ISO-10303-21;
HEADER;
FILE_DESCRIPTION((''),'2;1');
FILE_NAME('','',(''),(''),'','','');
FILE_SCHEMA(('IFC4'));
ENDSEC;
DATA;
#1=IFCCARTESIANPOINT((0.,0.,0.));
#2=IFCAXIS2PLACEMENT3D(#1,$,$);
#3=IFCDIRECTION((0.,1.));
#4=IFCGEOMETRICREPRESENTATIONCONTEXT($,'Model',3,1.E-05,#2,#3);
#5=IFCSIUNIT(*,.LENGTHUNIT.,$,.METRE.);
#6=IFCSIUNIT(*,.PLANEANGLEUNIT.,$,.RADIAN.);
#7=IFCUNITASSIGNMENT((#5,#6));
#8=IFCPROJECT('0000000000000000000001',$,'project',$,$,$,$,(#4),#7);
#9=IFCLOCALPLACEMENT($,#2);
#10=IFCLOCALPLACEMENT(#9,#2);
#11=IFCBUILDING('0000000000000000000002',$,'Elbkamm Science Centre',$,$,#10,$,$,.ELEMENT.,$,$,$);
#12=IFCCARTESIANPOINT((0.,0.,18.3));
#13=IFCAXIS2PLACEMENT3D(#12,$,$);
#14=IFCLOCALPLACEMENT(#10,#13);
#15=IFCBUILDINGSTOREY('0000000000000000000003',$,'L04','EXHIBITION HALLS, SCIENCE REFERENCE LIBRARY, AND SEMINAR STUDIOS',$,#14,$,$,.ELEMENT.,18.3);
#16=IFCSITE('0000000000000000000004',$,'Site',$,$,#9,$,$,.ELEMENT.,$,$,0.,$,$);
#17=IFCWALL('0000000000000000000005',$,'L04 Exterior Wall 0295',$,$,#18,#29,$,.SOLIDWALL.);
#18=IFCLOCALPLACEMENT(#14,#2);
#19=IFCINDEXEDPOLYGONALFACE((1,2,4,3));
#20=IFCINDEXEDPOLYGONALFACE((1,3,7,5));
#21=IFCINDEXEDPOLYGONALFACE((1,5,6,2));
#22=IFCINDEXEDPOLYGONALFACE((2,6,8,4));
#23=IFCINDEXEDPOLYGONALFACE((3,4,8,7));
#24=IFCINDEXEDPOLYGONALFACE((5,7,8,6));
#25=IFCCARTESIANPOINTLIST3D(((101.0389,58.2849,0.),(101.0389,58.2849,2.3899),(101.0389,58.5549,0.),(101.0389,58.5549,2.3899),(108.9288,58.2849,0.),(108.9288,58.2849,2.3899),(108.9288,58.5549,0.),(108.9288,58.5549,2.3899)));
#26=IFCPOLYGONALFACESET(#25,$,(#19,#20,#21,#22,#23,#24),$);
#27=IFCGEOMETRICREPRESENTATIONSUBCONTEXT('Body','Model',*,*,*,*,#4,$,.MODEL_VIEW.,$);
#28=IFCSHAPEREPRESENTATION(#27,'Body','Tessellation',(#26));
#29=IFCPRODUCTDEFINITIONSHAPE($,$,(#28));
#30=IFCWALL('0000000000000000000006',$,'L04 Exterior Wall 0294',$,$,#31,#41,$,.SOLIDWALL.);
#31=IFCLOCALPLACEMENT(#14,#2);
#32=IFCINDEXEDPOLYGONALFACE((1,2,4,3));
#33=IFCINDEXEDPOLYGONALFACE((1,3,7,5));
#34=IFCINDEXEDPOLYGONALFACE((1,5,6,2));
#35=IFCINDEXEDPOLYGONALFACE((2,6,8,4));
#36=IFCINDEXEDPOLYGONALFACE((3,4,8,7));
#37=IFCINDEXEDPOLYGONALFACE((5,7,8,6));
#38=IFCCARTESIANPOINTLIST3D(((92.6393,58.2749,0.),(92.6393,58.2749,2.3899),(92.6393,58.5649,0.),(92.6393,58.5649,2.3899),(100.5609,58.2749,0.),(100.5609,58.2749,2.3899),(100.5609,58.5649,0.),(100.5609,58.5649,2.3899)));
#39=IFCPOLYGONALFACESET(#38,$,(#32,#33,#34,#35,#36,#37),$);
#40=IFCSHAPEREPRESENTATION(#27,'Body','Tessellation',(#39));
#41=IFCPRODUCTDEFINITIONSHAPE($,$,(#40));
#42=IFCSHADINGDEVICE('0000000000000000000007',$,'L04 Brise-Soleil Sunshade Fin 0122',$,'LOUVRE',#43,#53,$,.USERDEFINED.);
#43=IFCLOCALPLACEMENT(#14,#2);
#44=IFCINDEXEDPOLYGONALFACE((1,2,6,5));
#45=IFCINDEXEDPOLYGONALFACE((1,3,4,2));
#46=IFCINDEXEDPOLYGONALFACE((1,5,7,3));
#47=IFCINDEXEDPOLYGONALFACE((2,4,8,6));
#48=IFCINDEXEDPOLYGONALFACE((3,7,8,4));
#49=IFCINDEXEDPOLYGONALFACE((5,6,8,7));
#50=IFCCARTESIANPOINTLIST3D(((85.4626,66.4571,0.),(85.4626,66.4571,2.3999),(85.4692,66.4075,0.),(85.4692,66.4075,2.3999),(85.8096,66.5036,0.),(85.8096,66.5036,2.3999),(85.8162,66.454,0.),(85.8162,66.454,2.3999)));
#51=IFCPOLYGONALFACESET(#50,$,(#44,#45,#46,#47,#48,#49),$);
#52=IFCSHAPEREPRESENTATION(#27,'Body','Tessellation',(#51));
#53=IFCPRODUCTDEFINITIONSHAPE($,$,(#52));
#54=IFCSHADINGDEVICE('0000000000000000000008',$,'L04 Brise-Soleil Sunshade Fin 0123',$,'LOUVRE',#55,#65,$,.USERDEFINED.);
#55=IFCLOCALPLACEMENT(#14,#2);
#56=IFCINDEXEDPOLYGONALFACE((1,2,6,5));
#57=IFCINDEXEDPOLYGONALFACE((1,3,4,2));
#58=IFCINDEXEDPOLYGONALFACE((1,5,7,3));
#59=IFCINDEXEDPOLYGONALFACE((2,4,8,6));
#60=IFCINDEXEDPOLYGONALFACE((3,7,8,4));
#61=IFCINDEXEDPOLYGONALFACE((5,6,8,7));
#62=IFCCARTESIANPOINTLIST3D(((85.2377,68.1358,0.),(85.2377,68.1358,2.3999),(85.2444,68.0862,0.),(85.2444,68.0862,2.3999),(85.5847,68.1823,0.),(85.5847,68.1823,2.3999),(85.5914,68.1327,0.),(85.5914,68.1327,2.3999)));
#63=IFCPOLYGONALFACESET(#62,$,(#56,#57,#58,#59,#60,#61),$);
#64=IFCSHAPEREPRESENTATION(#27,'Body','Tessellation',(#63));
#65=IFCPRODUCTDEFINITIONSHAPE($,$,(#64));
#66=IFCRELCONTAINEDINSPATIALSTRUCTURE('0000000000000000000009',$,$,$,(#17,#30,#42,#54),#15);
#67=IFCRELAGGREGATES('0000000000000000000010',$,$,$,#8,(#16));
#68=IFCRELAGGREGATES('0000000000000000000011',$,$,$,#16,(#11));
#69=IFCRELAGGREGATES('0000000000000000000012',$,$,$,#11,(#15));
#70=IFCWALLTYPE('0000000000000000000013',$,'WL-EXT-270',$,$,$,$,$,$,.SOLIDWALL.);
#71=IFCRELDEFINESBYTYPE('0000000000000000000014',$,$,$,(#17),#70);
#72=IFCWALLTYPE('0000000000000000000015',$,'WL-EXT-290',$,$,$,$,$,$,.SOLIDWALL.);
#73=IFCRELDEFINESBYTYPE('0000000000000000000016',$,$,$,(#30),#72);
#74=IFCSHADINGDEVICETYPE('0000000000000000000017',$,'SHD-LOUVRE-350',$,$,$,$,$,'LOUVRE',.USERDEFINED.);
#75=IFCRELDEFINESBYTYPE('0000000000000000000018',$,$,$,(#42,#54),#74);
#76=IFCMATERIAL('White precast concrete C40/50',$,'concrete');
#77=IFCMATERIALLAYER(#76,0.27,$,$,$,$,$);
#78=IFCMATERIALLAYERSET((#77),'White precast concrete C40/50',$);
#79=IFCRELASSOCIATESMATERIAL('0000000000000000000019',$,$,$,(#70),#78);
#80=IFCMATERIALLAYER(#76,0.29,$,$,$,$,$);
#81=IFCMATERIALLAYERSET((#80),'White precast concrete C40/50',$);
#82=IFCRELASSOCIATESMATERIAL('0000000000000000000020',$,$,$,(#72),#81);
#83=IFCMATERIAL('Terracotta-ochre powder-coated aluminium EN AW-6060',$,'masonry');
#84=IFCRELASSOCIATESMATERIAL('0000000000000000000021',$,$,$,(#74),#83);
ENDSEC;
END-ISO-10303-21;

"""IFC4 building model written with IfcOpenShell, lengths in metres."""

from ifc_helpers import new_model, si_unit, direction, frame, frame_2d, origin, origin_2d, place, context, subcontext, project, spatial, rectangle, extrude, material, layer, layer_set, type_object, element, save


model = new_model("IFC4")

# Units and contexts
model_context = context("Model", 3, precision=1e-05, world=origin(), true_north=direction((0.0, 1.0)))
body_context = subcontext(model_context, "Body", "Model", "MODEL_VIEW")
ifc_project = project(units=[si_unit("LENGTHUNIT", "METRE"), si_unit("PLANEANGLEUNIT", "RADIAN")], contexts=[model_context])

# Site, building, storey
site_placement = place(None, origin())
site = spatial("IfcSite", under=ifc_project, at=site_placement, Name="Site", CompositionType="ELEMENT", RefElevation=0.0)
building_placement = place(site_placement, origin())
building = spatial("IfcBuilding", under=site, at=building_placement, Name="Elbkamm Science Centre", CompositionType="ELEMENT")
storey_placement = place(building_placement, frame((0.0, 0.0, 18.3)))
storey = spatial("IfcBuildingStorey", under=building, at=storey_placement, Name="L04", Description="EXHIBITION HALLS, SCIENCE REFERENCE LIBRARY, AND SEMINAR STUDIOS", CompositionType="ELEMENT", Elevation=18.3)

# Walls
ifc_material_1 = material(Name="White precast concrete C40/50", Category="concrete")
ifc_layer_1 = layer(ifc_material_1, 0.27)
ifc_layer_set_1 = layer_set([ifc_layer_1], Name="White precast concrete C40/50")
wall_type_1 = type_object("IfcWallType", Name="WL-EXT-270", PredefinedType="SOLIDWALL", material=ifc_layer_set_1)
wall_1_placement = place(storey_placement, frame((101.0391, 58.4199, 0.0), z_axis=(0.0, 0.0, 1.0), x_axis=(1.0, 0.0, 0.0)))
element("IfcWall", 1, at=wall_1_placement, inside=storey, type_object=wall_type_1, Name="L04 Exterior Wall 0295", PredefinedType="SOLIDWALL", context=body_context, shape_type="SweptSolid", body=[
    extrude(rectangle(XDim=7.8899, YDim=0.27, at=frame_2d((3.9448, 0.0))), origin(), (0.0, 0.0, 1.0), 2.3899),
])
ifc_layer_2 = layer(ifc_material_1, 0.29)
ifc_layer_set_2 = layer_set([ifc_layer_2], Name="White precast concrete C40/50")
wall_type_2 = type_object("IfcWallType", Name="WL-EXT-290", PredefinedType="SOLIDWALL", material=ifc_layer_set_2)
wall_2_placement = place(storey_placement, frame((92.6392, 58.4199, 0.0), z_axis=(0.0, 0.0, 1.0), x_axis=(1.0, 0.0, 0.0)))
element("IfcWall", 2, at=wall_2_placement, inside=storey, type_object=wall_type_2, Name="L04 Exterior Wall 0294", PredefinedType="SOLIDWALL", context=body_context, shape_type="SweptSolid", body=[
    extrude(rectangle(XDim=7.9216, YDim=0.29, at=frame_2d((3.9609, 0.0))), origin(), (0.0, 0.0, 1.0), 2.3899),
])

# Shading devices
ifc_material_2 = material(Name="Terracotta-ochre powder-coated aluminium EN AW-6060", Category="masonry")
shading_device_type = type_object("IfcShadingDeviceType", Name="SHD-LOUVRE-350", ElementType="LOUVRE", PredefinedType="USERDEFINED", material=ifc_material_2)
for number, where, z_axis, x_axis, name in (
    (3, (85.6394, 66.4556, 0.0), (0.0, 0.0, 1.0), (0.991153, 0.132725, 0.0), "L04 Brise-Soleil Sunshade Fin 0122"),
    (4, (85.4146, 68.1343, 0.0), (0.0, 0.0, 1.0), (0.991153, 0.132725, 0.0), "L04 Brise-Soleil Sunshade Fin 0123"),
):
    element("IfcShadingDevice", number, at=place(storey_placement, frame(where, z_axis=z_axis, x_axis=x_axis)), inside=storey, type_object=shading_device_type, Name=name, ObjectType="LOUVRE", PredefinedType="USERDEFINED", context=body_context, shape_type="SweptSolid", body=[
        extrude(rectangle(XDim=0.3501, YDim=0.05, at=origin_2d()), origin(), (0.0, 0.0, 1.0), 2.3999),
    ])

save(model, "model.ifc")
